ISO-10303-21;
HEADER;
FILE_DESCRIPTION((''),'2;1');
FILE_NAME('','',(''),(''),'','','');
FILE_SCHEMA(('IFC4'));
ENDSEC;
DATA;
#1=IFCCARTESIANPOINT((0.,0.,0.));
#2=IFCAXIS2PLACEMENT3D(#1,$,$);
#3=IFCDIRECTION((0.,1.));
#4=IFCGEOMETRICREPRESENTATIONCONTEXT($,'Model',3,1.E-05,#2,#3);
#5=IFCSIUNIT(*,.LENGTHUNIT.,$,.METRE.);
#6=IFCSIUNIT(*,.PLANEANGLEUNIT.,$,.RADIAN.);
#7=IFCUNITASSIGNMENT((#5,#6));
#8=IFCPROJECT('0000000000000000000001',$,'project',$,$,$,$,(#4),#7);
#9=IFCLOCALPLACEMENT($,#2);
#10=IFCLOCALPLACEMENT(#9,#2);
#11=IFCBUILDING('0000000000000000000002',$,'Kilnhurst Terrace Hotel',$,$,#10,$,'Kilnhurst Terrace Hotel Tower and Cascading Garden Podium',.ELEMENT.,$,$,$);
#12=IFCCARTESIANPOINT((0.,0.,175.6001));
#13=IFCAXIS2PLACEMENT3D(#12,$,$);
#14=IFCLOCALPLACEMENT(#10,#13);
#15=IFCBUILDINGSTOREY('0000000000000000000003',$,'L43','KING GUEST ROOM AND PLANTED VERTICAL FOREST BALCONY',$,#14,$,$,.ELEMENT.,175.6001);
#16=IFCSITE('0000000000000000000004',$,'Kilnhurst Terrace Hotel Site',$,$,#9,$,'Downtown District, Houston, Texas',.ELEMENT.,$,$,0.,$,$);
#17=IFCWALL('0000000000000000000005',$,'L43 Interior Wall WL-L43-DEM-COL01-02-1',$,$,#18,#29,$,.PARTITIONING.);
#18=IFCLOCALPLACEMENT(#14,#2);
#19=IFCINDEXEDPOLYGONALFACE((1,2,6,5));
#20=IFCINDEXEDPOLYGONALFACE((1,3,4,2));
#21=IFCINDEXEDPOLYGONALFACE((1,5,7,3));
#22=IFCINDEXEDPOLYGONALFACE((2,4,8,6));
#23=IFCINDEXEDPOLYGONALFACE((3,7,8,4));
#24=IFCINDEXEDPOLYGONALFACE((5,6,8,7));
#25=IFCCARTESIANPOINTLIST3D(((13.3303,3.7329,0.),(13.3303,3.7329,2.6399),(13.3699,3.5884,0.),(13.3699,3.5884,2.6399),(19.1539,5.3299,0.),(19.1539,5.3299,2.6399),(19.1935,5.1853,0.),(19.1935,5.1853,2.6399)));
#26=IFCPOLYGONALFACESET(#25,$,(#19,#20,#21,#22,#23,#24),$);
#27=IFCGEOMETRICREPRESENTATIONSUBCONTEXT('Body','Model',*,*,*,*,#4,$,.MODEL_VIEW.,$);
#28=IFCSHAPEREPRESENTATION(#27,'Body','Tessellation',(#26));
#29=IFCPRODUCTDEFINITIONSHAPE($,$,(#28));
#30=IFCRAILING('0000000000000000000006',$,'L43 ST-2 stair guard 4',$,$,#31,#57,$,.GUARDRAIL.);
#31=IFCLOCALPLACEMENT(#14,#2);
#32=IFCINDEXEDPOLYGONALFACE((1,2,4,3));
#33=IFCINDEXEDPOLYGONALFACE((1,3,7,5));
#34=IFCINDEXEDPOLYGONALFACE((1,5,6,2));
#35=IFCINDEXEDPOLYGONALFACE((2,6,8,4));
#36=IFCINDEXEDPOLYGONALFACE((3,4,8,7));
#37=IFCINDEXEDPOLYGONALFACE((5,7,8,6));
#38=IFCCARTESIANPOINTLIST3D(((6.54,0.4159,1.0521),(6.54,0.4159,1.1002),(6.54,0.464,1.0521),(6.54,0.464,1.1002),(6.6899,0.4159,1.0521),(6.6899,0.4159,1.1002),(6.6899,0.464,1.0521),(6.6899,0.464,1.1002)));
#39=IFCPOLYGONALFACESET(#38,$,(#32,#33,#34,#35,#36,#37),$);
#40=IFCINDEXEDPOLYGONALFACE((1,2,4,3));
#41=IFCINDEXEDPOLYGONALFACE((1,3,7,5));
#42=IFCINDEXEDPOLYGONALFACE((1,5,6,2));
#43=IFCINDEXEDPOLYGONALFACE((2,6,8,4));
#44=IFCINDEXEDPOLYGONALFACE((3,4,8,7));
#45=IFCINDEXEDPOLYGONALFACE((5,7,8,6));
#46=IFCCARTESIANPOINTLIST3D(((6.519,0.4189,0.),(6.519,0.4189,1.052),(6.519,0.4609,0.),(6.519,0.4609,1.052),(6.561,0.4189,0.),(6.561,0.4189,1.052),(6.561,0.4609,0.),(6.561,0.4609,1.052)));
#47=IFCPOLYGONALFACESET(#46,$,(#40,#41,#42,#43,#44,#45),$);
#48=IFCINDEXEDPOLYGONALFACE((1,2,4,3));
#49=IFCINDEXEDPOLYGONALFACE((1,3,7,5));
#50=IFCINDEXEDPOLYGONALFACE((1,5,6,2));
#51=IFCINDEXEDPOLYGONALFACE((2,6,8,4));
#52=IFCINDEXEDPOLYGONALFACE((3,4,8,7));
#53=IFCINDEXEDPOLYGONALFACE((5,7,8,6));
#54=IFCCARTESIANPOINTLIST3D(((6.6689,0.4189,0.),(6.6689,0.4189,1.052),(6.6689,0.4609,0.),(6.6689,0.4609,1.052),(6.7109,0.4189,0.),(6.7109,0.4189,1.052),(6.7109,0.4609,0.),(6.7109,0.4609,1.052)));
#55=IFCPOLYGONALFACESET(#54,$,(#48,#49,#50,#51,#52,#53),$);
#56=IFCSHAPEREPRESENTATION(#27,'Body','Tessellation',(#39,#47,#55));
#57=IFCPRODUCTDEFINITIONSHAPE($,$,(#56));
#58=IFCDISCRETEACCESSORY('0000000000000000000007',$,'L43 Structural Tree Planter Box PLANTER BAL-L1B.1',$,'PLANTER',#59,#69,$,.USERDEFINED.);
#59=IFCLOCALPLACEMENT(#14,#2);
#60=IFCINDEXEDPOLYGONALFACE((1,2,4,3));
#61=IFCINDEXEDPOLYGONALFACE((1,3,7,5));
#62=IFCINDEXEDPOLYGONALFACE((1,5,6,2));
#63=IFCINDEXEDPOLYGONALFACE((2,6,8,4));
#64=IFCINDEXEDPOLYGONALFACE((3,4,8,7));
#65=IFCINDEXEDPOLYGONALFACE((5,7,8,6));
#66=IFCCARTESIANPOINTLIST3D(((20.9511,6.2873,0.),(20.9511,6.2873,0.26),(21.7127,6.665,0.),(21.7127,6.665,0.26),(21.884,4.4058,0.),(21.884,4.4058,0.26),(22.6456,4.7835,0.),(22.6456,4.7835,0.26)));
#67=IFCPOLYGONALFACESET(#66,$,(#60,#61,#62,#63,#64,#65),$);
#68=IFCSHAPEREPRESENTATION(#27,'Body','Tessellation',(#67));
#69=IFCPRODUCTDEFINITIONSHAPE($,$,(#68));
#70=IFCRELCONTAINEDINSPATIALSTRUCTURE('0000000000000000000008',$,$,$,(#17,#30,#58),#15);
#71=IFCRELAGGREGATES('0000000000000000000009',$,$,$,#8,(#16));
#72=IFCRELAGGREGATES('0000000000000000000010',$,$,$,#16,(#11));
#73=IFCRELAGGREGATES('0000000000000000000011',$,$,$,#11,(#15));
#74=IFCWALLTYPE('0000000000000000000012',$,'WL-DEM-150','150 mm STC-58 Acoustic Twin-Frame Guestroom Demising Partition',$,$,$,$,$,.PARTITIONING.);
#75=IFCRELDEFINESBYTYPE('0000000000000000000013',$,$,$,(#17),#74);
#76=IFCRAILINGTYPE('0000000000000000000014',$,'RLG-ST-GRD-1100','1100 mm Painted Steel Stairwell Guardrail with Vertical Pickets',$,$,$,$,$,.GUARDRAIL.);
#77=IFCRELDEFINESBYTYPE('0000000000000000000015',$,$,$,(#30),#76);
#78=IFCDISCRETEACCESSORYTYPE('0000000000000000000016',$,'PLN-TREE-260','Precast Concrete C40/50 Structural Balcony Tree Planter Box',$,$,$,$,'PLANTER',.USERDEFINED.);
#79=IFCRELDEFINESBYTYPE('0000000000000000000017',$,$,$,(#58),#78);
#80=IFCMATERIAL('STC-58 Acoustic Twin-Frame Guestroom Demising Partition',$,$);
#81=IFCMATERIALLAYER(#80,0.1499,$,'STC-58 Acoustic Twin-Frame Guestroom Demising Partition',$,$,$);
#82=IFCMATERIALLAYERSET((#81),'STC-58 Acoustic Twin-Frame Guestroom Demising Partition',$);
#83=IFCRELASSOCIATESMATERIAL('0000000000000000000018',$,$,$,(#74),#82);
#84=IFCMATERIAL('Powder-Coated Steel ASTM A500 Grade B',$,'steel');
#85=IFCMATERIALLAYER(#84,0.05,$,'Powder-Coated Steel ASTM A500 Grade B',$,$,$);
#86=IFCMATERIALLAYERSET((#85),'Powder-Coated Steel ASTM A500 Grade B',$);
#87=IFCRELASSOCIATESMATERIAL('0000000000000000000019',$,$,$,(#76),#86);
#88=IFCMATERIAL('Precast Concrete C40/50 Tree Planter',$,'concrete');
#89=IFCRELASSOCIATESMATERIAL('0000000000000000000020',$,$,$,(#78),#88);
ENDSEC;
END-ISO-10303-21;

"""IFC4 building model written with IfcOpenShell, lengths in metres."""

from ifc_helpers import new_model, si_unit, direction, frame, frame_2d, origin, origin_2d, place, context, subcontext, project, spatial, rectangle, extrude, material, layer, layer_set, type_object, element, save


model = new_model("IFC4")

# Units and contexts
model_context = context("Model", 3, precision=1e-05, world=origin(), true_north=direction((0.0, 1.0)))
body_context = subcontext(model_context, "Body", "Model", "MODEL_VIEW")
ifc_project = project(units=[si_unit("LENGTHUNIT", "METRE"), si_unit("PLANEANGLEUNIT", "RADIAN")], contexts=[model_context])

# Site, building, storey
site_placement = place(None, origin())
site = spatial("IfcSite", under=ifc_project, at=site_placement, Name="Kilnhurst Terrace Hotel Site", LongName="Downtown District, Houston, Texas", CompositionType="ELEMENT", RefElevation=0.0)
building_placement = place(site_placement, origin())
building = spatial("IfcBuilding", under=site, at=building_placement, Name="Kilnhurst Terrace Hotel", LongName="Kilnhurst Terrace Hotel Tower and Cascading Garden Podium", CompositionType="ELEMENT")
storey_placement = place(building_placement, frame((0.0, 0.0, 175.6001)))
storey = spatial("IfcBuildingStorey", under=building, at=storey_placement, Name="L43", Description="KING GUEST ROOM AND PLANTED VERTICAL FOREST BALCONY", CompositionType="ELEMENT", Elevation=175.6001)

# Wall
ifc_material_1 = material(Name="STC-58 Acoustic Twin-Frame Guestroom Demising Partition")
ifc_layer_1 = layer(ifc_material_1, 0.1499, Name="STC-58 Acoustic Twin-Frame Guestroom Demising Partition")
ifc_layer_set_1 = layer_set([ifc_layer_1], Name="STC-58 Acoustic Twin-Frame Guestroom Demising Partition")
wall_type_1 = type_object("IfcWallType", Name="WL-DEM-150", Description="150 mm STC-58 Acoustic Twin-Frame Guestroom Demising Partition", PredefinedType="PARTITIONING", material=ifc_layer_set_1)
wall_1_placement = place(storey_placement, frame((13.3501, 3.6606, 0.0), z_axis=(0.0, 0.0, 1.0), x_axis=(0.964397, 0.264458, 0.0)))
element("IfcWall", 1, at=wall_1_placement, inside=storey, type_object=wall_type_1, Name="L43 Interior Wall WL-L43-DEM-COL01-02-1", PredefinedType="PARTITIONING", context=body_context, shape_type="SweptSolid", body=[
    extrude(rectangle(XDim=6.0386, YDim=0.1499, at=frame_2d((3.0193, 0.0))), origin(), (0.0, 0.0, 1.0), 2.6399),
])

# Railing
ifc_material_2 = material(Name="Powder-Coated Steel ASTM A500 Grade B", Category="steel")
ifc_layer_2 = layer(ifc_material_2, 0.05, Name="Powder-Coated Steel ASTM A500 Grade B")
ifc_layer_set_2 = layer_set([ifc_layer_2], Name="Powder-Coated Steel ASTM A500 Grade B")
railing_type = type_object("IfcRailingType", Name="RLG-ST-GRD-1100", Description="1100 mm Painted Steel Stairwell Guardrail with Vertical Pickets", PredefinedType="GUARDRAIL", material=ifc_layer_set_2)
railing_placement = place(storey_placement, frame((6.54, 0.4399, 0.0)))
element("IfcRailing", 2, at=railing_placement, inside=storey, type_object=railing_type, Name="L43 ST-2 stair guard 4", PredefinedType="GUARDRAIL", context=body_context, shape_type="SweptSolid", body=[
    extrude(rectangle(XDim=0.0481, YDim=0.0481, at=origin_2d()), frame((0.0, 0.0, 1.0762), z_axis=(1.0, 0.0, 0.0), x_axis=(0.0, 1.0, 0.0)), (0.0, 0.0, 1.0), 0.1499),
    extrude(rectangle(XDim=0.042, YDim=0.042, at=origin_2d()), origin(), (0.0, 0.0, 1.0), 1.052),
    extrude(rectangle(XDim=0.042, YDim=0.042, at=origin_2d()), frame((0.1499, 0.0, 0.0)), (0.0, 0.0, 1.0), 1.052),
])

# Discrete accessory
ifc_material_3 = material(Name="Precast Concrete C40/50 Tree Planter", Category="concrete")
discrete_accessory_type = type_object("IfcDiscreteAccessoryType", Name="PLN-TREE-260", Description="Precast Concrete C40/50 Structural Balcony Tree Planter Box", ElementType="PLANTER", PredefinedType="USERDEFINED", material=ifc_material_3)
discrete_accessory_placement = place(storey_placement, frame((21.7983, 5.5354, 0.0), z_axis=(0.0, 0.0, 1.0), x_axis=(-0.444244, 0.895906, 0.0)))
element("IfcDiscreteAccessory", 3, at=discrete_accessory_placement, inside=storey, type_object=discrete_accessory_type, Name="L43 Structural Tree Planter Box PLANTER BAL-L1B.1", ObjectType="PLANTER", PredefinedType="USERDEFINED", context=body_context, shape_type="SweptSolid", body=[
    extrude(rectangle(XDim=2.1001, YDim=0.8501, at=origin_2d()), origin(), (0.0, 0.0, 1.0), 0.26),
])

save(model, "model.ifc")
